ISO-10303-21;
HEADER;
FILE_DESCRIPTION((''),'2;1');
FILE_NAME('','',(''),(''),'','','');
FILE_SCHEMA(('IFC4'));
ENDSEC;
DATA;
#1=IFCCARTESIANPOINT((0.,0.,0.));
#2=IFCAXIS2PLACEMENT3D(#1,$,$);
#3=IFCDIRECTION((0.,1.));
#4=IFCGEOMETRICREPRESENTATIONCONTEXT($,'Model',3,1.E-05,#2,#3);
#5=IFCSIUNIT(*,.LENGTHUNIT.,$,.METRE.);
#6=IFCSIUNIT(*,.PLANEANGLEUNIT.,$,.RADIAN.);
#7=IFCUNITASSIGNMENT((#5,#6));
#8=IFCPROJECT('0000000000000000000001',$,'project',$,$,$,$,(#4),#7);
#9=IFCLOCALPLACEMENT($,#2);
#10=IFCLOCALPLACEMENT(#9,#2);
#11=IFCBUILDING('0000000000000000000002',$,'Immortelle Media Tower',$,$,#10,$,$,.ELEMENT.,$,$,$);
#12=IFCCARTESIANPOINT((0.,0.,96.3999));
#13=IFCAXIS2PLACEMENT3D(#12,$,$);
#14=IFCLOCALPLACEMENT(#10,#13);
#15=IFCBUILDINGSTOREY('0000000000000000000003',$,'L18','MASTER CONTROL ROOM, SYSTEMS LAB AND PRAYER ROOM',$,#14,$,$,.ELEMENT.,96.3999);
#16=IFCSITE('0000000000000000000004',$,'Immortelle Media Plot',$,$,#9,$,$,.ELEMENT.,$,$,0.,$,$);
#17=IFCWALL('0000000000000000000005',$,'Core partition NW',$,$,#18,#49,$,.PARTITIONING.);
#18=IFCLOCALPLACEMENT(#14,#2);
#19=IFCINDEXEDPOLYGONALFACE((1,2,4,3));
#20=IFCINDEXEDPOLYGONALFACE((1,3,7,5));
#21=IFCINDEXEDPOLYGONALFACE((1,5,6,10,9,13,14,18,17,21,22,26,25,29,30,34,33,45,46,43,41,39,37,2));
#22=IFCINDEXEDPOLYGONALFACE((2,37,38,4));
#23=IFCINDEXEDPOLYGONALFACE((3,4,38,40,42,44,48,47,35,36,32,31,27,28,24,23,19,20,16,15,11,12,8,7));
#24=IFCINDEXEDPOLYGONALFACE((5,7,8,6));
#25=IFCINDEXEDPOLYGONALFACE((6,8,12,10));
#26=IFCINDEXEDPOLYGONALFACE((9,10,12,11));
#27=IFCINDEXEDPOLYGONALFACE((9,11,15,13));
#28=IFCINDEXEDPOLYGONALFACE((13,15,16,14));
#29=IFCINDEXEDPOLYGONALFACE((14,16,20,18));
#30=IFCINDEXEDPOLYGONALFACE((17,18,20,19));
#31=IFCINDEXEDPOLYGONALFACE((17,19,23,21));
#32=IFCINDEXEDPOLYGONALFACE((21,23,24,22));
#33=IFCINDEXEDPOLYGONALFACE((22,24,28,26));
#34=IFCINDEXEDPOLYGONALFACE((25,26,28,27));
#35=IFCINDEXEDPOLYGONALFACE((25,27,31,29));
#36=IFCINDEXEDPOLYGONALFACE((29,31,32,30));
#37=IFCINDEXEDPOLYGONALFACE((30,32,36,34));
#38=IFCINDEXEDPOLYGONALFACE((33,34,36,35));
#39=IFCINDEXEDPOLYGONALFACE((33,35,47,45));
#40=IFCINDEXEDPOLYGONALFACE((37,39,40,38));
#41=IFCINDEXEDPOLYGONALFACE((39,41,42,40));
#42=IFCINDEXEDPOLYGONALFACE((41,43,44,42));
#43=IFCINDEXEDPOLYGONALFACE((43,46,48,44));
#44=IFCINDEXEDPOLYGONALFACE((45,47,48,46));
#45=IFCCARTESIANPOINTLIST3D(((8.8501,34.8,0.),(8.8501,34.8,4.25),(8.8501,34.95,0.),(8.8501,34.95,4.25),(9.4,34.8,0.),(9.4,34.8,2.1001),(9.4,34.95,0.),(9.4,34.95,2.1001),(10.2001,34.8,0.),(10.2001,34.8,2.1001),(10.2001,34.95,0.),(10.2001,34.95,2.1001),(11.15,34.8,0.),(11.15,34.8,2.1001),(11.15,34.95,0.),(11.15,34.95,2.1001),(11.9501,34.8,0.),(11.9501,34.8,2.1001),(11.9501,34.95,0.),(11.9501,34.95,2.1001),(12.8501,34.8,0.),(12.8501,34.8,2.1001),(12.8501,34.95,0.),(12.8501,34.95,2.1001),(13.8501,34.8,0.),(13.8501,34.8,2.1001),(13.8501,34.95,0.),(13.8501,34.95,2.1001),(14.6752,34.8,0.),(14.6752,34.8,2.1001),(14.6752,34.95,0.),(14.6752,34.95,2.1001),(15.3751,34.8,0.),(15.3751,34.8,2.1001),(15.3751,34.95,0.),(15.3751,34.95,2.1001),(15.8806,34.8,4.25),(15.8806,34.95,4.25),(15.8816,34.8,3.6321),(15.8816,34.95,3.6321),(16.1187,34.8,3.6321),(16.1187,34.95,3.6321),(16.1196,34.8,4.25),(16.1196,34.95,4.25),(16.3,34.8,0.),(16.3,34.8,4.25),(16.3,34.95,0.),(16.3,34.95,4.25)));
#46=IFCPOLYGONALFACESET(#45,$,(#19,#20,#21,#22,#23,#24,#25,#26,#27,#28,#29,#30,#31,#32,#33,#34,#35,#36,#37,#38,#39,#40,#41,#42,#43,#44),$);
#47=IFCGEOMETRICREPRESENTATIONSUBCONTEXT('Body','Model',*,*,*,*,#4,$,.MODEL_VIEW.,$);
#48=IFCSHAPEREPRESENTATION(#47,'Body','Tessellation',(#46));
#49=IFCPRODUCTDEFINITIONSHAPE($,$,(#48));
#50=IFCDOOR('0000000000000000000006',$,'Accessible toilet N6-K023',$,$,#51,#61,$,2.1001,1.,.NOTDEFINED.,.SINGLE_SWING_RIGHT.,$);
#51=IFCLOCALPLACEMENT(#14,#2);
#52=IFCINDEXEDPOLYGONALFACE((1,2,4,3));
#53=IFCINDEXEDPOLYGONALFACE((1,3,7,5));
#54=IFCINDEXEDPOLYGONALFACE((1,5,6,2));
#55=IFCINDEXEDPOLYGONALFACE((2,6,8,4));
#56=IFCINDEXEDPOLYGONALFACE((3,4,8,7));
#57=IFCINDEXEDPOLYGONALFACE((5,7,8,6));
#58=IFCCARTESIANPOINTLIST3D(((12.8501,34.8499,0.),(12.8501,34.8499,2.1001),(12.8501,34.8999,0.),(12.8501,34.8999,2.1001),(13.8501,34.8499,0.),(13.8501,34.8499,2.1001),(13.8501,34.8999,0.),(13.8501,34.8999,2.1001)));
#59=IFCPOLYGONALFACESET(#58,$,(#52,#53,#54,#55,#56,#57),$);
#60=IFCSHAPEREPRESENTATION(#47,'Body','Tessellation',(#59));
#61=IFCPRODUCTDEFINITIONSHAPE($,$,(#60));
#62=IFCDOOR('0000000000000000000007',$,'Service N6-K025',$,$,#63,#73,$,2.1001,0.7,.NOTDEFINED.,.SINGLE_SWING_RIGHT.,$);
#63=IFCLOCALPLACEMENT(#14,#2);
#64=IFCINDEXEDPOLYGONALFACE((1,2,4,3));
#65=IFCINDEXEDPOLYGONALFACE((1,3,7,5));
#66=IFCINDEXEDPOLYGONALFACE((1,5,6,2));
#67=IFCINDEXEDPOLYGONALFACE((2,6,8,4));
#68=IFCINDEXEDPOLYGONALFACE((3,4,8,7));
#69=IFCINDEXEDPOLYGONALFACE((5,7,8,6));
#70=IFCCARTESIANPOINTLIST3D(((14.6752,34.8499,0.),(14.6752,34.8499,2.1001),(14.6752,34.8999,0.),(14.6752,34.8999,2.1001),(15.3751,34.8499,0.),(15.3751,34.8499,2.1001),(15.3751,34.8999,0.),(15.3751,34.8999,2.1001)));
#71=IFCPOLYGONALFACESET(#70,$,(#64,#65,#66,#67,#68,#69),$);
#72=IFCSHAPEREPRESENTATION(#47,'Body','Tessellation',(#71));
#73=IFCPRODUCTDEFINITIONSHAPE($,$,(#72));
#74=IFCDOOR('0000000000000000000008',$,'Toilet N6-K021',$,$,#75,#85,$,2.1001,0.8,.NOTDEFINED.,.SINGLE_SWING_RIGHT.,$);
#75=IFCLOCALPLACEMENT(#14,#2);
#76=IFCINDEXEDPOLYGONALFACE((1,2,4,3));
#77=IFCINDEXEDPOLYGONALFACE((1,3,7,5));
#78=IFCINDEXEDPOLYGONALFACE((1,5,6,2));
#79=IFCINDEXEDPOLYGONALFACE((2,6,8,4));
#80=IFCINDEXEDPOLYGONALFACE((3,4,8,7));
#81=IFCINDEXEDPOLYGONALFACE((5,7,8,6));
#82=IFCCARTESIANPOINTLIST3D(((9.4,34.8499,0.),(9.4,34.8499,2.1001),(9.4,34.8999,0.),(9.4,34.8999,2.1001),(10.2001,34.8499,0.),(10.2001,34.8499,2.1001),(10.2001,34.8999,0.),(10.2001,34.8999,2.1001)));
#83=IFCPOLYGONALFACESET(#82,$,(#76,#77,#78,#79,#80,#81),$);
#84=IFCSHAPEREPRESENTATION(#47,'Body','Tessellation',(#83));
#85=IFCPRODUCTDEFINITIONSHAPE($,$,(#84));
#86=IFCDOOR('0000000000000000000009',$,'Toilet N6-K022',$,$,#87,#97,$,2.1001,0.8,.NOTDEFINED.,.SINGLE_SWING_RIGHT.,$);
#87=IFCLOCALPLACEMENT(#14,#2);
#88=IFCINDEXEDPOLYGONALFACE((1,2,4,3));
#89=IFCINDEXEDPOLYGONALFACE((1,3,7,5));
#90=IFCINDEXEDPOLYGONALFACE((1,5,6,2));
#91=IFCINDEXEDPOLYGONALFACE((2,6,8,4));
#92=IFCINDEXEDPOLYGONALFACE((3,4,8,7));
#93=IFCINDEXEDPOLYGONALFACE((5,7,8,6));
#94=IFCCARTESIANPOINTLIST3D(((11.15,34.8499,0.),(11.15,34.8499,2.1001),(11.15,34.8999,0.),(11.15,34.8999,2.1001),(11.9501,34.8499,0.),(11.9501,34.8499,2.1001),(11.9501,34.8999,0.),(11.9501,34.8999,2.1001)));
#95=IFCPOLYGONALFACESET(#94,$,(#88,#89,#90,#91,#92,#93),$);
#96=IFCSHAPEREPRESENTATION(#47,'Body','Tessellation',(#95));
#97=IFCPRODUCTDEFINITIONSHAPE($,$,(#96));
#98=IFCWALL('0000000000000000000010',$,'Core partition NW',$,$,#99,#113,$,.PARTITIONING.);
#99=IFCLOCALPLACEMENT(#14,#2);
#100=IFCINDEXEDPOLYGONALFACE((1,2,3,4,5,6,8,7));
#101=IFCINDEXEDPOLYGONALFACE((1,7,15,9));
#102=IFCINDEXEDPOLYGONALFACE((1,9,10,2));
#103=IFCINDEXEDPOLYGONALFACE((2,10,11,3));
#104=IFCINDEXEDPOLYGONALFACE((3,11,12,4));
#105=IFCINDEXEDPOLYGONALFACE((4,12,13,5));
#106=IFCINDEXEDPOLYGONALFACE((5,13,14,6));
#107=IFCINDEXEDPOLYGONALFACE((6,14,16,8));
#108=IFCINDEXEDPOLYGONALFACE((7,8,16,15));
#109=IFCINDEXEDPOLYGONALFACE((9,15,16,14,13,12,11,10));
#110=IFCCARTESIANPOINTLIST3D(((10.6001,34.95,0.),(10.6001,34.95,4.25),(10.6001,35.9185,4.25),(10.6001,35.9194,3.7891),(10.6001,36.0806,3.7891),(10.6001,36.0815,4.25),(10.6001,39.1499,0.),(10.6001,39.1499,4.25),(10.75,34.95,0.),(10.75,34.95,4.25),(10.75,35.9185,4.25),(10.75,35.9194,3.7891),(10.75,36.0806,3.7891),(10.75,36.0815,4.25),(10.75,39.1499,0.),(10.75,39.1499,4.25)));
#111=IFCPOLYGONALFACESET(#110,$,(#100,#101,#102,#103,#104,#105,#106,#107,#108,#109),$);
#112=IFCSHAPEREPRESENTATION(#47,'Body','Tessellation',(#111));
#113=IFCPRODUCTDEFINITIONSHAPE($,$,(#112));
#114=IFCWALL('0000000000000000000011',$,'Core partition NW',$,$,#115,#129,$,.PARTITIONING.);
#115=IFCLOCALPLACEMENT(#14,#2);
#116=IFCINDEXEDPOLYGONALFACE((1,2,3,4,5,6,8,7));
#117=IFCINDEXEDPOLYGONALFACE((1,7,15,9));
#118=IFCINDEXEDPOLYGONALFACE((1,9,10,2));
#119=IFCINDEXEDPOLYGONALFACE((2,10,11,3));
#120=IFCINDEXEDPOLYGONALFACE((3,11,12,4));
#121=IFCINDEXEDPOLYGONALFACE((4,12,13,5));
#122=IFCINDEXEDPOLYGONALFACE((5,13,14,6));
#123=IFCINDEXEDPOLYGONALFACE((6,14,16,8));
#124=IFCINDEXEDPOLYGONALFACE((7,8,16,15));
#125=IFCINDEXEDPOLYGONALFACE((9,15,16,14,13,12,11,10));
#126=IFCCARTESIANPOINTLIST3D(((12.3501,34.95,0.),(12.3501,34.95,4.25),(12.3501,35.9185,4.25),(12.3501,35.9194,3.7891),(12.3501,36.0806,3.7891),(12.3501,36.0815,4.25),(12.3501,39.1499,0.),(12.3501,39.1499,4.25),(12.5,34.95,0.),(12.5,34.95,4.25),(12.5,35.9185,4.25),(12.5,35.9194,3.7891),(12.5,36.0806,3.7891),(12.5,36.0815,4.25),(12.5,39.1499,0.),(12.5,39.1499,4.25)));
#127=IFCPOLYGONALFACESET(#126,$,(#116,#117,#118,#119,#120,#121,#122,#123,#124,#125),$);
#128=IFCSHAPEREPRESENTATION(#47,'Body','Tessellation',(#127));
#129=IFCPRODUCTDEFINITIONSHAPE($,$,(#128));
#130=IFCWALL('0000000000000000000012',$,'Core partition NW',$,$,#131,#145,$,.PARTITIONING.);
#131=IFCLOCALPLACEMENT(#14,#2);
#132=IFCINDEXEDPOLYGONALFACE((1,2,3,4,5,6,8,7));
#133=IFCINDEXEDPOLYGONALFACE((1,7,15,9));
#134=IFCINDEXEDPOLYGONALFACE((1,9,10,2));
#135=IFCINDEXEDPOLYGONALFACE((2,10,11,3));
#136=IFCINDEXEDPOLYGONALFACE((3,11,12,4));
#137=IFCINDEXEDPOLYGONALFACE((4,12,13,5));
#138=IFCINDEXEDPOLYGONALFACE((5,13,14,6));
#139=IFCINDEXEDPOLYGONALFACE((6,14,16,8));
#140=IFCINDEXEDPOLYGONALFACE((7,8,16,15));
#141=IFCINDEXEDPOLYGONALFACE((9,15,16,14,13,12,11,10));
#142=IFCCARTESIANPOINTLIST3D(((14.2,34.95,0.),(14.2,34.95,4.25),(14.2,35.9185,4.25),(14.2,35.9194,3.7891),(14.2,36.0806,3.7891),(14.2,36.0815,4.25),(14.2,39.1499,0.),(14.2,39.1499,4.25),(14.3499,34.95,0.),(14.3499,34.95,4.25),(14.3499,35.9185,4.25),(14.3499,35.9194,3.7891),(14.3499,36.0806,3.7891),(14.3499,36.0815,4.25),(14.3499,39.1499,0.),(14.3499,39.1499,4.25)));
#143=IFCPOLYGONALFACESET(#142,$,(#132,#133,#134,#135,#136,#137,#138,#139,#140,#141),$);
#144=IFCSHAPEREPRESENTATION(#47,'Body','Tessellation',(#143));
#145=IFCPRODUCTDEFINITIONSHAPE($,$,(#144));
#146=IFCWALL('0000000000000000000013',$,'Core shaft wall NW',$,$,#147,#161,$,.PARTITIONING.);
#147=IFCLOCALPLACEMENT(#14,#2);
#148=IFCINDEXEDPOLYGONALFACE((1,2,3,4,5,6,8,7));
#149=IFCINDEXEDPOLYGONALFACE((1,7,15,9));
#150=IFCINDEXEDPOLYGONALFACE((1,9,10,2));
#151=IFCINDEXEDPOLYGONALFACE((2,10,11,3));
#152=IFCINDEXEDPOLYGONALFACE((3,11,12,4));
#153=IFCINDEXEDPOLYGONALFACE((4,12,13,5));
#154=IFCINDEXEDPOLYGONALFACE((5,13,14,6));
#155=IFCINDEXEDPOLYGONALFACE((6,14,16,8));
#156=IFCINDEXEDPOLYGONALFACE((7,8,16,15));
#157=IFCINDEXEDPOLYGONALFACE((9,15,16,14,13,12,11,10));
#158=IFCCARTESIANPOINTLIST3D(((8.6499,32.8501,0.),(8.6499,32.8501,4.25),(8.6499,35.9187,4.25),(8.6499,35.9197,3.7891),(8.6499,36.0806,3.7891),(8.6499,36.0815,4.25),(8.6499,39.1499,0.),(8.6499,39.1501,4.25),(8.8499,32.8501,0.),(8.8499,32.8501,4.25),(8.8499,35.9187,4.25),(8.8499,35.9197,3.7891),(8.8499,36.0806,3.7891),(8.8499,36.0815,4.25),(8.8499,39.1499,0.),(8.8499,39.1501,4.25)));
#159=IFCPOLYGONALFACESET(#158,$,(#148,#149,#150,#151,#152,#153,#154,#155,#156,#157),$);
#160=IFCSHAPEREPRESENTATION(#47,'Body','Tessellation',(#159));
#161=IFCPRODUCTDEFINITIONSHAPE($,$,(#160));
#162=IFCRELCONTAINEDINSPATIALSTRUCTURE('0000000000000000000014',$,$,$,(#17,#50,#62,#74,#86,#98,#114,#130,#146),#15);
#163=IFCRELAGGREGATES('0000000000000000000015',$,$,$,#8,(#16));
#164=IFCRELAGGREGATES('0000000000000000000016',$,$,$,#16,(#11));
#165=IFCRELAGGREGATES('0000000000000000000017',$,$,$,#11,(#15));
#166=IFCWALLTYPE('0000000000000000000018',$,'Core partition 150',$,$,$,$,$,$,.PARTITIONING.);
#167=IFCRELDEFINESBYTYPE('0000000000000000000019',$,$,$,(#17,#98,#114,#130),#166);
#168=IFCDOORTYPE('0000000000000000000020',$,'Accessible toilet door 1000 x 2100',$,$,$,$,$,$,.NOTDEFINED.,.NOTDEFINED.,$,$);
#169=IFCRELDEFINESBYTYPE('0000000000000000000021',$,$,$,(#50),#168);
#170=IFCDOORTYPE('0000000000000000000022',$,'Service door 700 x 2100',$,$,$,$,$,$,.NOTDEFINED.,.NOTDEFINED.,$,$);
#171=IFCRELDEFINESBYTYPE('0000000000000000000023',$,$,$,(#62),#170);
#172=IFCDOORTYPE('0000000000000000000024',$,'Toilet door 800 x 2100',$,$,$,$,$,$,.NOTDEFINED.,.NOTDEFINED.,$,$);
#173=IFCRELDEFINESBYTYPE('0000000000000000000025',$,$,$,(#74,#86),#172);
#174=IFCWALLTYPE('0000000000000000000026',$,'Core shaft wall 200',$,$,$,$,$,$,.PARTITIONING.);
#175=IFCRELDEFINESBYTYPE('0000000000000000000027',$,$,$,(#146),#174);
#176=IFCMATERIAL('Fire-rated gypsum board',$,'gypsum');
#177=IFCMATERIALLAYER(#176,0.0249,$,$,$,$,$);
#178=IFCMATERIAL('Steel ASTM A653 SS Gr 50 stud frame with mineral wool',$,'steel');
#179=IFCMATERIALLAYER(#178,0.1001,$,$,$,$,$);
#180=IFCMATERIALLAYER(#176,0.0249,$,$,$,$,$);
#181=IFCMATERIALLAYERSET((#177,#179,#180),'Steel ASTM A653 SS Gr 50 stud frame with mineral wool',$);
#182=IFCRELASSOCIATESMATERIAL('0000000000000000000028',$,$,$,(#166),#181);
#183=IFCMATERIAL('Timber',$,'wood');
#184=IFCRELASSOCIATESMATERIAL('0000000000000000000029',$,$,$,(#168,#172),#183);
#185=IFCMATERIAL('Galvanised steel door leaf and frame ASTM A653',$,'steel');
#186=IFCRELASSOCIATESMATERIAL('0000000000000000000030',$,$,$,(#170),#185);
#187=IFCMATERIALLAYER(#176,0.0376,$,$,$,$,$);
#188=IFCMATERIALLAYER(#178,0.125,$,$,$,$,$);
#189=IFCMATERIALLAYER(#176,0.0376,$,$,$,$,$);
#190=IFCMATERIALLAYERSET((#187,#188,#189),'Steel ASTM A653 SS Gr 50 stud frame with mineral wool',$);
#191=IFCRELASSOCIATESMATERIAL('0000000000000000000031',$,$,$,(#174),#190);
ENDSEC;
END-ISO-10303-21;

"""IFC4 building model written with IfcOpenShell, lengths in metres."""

from ifc_helpers import new_model, si_unit, direction, frame, frame_2d, origin, place, context, subcontext, project, spatial, polyline, rectangle, outline, extrude, material, layer, layer_set, type_object, element, fill, save


model = new_model("IFC4")

# Units and contexts
model_context = context("Model", 3, precision=1e-05, world=origin(), true_north=direction((0.0, 1.0)))
body_context = subcontext(model_context, "Body", "Model", "MODEL_VIEW")
ifc_project = project(units=[si_unit("LENGTHUNIT", "METRE"), si_unit("PLANEANGLEUNIT", "RADIAN")], contexts=[model_context])

# Site, building, storey
site_placement = place(None, origin())
site = spatial("IfcSite", under=ifc_project, at=site_placement, Name="Immortelle Media Plot", CompositionType="ELEMENT", RefElevation=0.0)
building_placement = place(site_placement, origin())
building = spatial("IfcBuilding", under=site, at=building_placement, Name="Immortelle Media Tower", CompositionType="ELEMENT")
storey_placement = place(building_placement, frame((0.0, 0.0, 96.3999)))
storey = spatial("IfcBuildingStorey", under=building, at=storey_placement, Name="L18", Description="MASTER CONTROL ROOM, SYSTEMS LAB AND PRAYER ROOM", CompositionType="ELEMENT", Elevation=96.3999)

# Wall, openings, doors
ifc_material_1 = material(Name="Fire-rated gypsum board", Category="gypsum")
ifc_layer_1 = layer(ifc_material_1, 0.0249)
ifc_material_2 = material(Name="Steel ASTM A653 SS Gr 50 stud frame with mineral wool", Category="steel")
ifc_layer_2 = layer(ifc_material_2, 0.1001)
ifc_layer_3 = layer(ifc_material_1, 0.0249)
ifc_layer_set_1 = layer_set([ifc_layer_1, ifc_layer_2, ifc_layer_3], Name="Steel ASTM A653 SS Gr 50 stud frame with mineral wool")
wall_type_1 = type_object("IfcWallType", Name="Core partition 150", PredefinedType="PARTITIONING", material=ifc_layer_set_1)
wall_1_placement = place(storey_placement, frame((8.8501, 34.875, 0.0), z_axis=(0.0, 0.0, 1.0), x_axis=(1.0, 0.0, 0.0)))
wall_1 = element("IfcWall", 1, at=wall_1_placement, inside=storey, type_object=wall_type_1, Name="Core partition NW", PredefinedType="PARTITIONING", context=body_context, shape_type="SweptSolid", body=[
    extrude(outline(polyline([(0.0, 0.0), (7.45, 0.0), (7.45, 4.25), (7.2695, 4.25), (7.2686, 3.6321), (7.0315, 3.6321), (7.0305, 4.25), (0.0, 4.25), (0.0, 0.0)])), frame((0.0, 0.075, 0.0), z_axis=(0.0, -1.0, 0.0), x_axis=(1.0, 0.0, 0.0)), (0.0, 0.0, 1.0), 0.1499),
])
opening_1_placement = place(wall_1_placement, frame((0.55, 0.0, 0.0)))
opening_1 = element("IfcOpeningElement", 2, at=opening_1_placement, cuts=wall_1, PredefinedType="OPENING", context=body_context, shape_type="SweptSolid", body=[
    extrude(rectangle(XDim=0.8, YDim=2.1001, at=frame_2d((0.3999, 1.05))), frame((0.0, 0.085, 0.0), z_axis=(0.0, -1.0, 0.0), x_axis=(1.0, 0.0, 0.0)), (0.0, 0.0, 1.0), 0.1699),
])
opening_2_placement = place(wall_1_placement, frame((2.3, 0.0, 0.0)))
opening_2 = element("IfcOpeningElement", 3, at=opening_2_placement, cuts=wall_1, PredefinedType="OPENING", context=body_context, shape_type="SweptSolid", body=[
    extrude(rectangle(XDim=0.8, YDim=2.1001, at=frame_2d((0.3999, 1.05))), frame((0.0, 0.085, 0.0), z_axis=(0.0, -1.0, 0.0), x_axis=(1.0, 0.0, 0.0)), (0.0, 0.0, 1.0), 0.1699),
])
opening_3_placement = place(wall_1_placement, frame((4.0, 0.0, 0.0)))
opening_3 = element("IfcOpeningElement", 4, at=opening_3_placement, cuts=wall_1, PredefinedType="OPENING", context=body_context, shape_type="SweptSolid", body=[
    extrude(rectangle(XDim=1.0, YDim=2.1001, at=frame_2d((0.5, 1.05))), frame((0.0, 0.085, 0.0), z_axis=(0.0, -1.0, 0.0), x_axis=(1.0, 0.0, 0.0)), (0.0, 0.0, 1.0), 0.1699),
])
opening_4_placement = place(wall_1_placement, frame((5.825, 0.0, 0.0)))
opening_4 = element("IfcOpeningElement", 5, at=opening_4_placement, cuts=wall_1, PredefinedType="OPENING", context=body_context, shape_type="SweptSolid", body=[
    extrude(rectangle(XDim=0.7, YDim=2.1001, at=frame_2d((0.3501, 1.05))), frame((0.0, 0.085, 0.0), z_axis=(0.0, -1.0, 0.0), x_axis=(1.0, 0.0, 0.0)), (0.0, 0.0, 1.0), 0.1699),
])
ifc_material_3 = material(Name="Timber", Category="wood")
door_type_1 = type_object("IfcDoorType", Name="Accessible toilet door 1000 x 2100", OperationType="NOTDEFINED", PredefinedType="NOTDEFINED", material=ifc_material_3)
door_1_placement = place(opening_3_placement, origin())
door_1 = element("IfcDoor", 6, at=door_1_placement, inside=storey, type_object=door_type_1, Name="Accessible toilet N6-K023", OperationType="SINGLE_SWING_RIGHT", OverallHeight=2.1001, OverallWidth=1.0, PredefinedType="NOTDEFINED", context=body_context, shape_type="SweptSolid", body=[
    extrude(rectangle(XDim=1.0, YDim=2.1001, at=frame_2d((0.5, 1.05))), frame((0.0, 0.0249, 0.0), z_axis=(0.0, -1.0, 0.0), x_axis=(1.0, 0.0, 0.0)), (0.0, 0.0, 1.0), 0.05),
])
fill(opening_3, door_1)
ifc_material_4 = material(Name="Galvanised steel door leaf and frame ASTM A653", Category="steel")
door_type_2 = type_object("IfcDoorType", Name="Service door 700 x 2100", OperationType="NOTDEFINED", PredefinedType="NOTDEFINED", material=ifc_material_4)
door_2_placement = place(opening_4_placement, origin())
door_2 = element("IfcDoor", 7, at=door_2_placement, inside=storey, type_object=door_type_2, Name="Service N6-K025", OperationType="SINGLE_SWING_RIGHT", OverallHeight=2.1001, OverallWidth=0.7, PredefinedType="NOTDEFINED", context=body_context, shape_type="SweptSolid", body=[
    extrude(rectangle(XDim=0.7, YDim=2.1001, at=frame_2d((0.3501, 1.05))), frame((0.0, 0.0249, 0.0), z_axis=(0.0, -1.0, 0.0), x_axis=(1.0, 0.0, 0.0)), (0.0, 0.0, 1.0), 0.05),
])
fill(opening_4, door_2)
door_type_3 = type_object("IfcDoorType", Name="Toilet door 800 x 2100", OperationType="NOTDEFINED", PredefinedType="NOTDEFINED", material=ifc_material_3)
door_3_placement = place(opening_1_placement, origin())
door_3 = element("IfcDoor", 8, at=door_3_placement, inside=storey, type_object=door_type_3, Name="Toilet N6-K021", OperationType="SINGLE_SWING_RIGHT", OverallHeight=2.1001, OverallWidth=0.8, PredefinedType="NOTDEFINED", context=body_context, shape_type="SweptSolid", body=[
    extrude(rectangle(XDim=0.8, YDim=2.1001, at=frame_2d((0.3999, 1.05))), frame((0.0, 0.0249, 0.0), z_axis=(0.0, -1.0, 0.0), x_axis=(1.0, 0.0, 0.0)), (0.0, 0.0, 1.0), 0.05),
])
fill(opening_1, door_3)
door_4_placement = place(opening_2_placement, origin())
door_4 = element("IfcDoor", 9, at=door_4_placement, inside=storey, type_object=door_type_3, Name="Toilet N6-K022", OperationType="SINGLE_SWING_RIGHT", OverallHeight=2.1001, OverallWidth=0.8, PredefinedType="NOTDEFINED", context=body_context, shape_type="SweptSolid", body=[
    extrude(rectangle(XDim=0.8, YDim=2.1001, at=frame_2d((0.3999, 1.05))), frame((0.0, 0.0249, 0.0), z_axis=(0.0, -1.0, 0.0), x_axis=(1.0, 0.0, 0.0)), (0.0, 0.0, 1.0), 0.05),
])
fill(opening_2, door_4)

# Walls
for number, where, z_axis, x_axis, name in (
    (10, (10.675, 34.95, 0.0), (0.0, 0.0, 1.0), (0.0, 1.0, 0.0), "Core partition NW"),
    (11, (12.425, 34.95, 0.0), (0.0, 0.0, 1.0), (0.0, 1.0, 0.0), "Core partition NW"),
    (12, (14.2749, 34.95, 0.0), (0.0, 0.0, 1.0), (0.0, 1.0, 0.0), "Core partition NW"),
):
    element("IfcWall", number, at=place(storey_placement, frame(where, z_axis=z_axis, x_axis=x_axis)), inside=storey, type_object=wall_type_1, Name=name, PredefinedType="PARTITIONING", context=body_context, shape_type="SweptSolid", body=[
        extrude(outline(polyline([(0.0, 0.0), (4.2, 0.0), (4.2, 4.25), (1.1316, 4.25), (1.1306, 3.7891), (0.9695, 3.7891), (0.9685, 4.25), (0.0, 4.25), (0.0, 0.0)])), frame((0.0, 0.075, 0.0), z_axis=(0.0, -1.0, 0.0), x_axis=(1.0, 0.0, 0.0)), (0.0, 0.0, 1.0), 0.1499),
    ])
ifc_layer_4 = layer(ifc_material_1, 0.0376)
ifc_layer_5 = layer(ifc_material_2, 0.125)
ifc_layer_6 = layer(ifc_material_1, 0.0376)
ifc_layer_set_2 = layer_set([ifc_layer_4, ifc_layer_5, ifc_layer_6], Name="Steel ASTM A653 SS Gr 50 stud frame with mineral wool")
wall_type_2 = type_object("IfcWallType", Name="Core shaft wall 200", PredefinedType="PARTITIONING", material=ifc_layer_set_2)
wall_2_placement = place(storey_placement, frame((8.75, 32.8501, 0.0), z_axis=(0.0, 0.0, 1.0), x_axis=(0.0, 1.0, 0.0)))
element("IfcWall", 13, at=wall_2_placement, inside=storey, type_object=wall_type_2, Name="Core shaft wall NW", PredefinedType="PARTITIONING", context=body_context, shape_type="SweptSolid", body=[
    extrude(outline(polyline([(0.0, 0.0), (6.2998, 0.0), (6.3, 4.25), (3.2314, 4.25), (3.2305, 3.7891), (3.0696, 3.7891), (3.0686, 4.25), (0.0, 4.25), (0.0, 0.0)])), frame((0.0, 0.1001, 0.0), z_axis=(0.0, -1.0, 0.0), x_axis=(1.0, 0.0, 0.0)), (0.0, 0.0, 1.0), 0.2),
])

save(model, "model.ifc")
